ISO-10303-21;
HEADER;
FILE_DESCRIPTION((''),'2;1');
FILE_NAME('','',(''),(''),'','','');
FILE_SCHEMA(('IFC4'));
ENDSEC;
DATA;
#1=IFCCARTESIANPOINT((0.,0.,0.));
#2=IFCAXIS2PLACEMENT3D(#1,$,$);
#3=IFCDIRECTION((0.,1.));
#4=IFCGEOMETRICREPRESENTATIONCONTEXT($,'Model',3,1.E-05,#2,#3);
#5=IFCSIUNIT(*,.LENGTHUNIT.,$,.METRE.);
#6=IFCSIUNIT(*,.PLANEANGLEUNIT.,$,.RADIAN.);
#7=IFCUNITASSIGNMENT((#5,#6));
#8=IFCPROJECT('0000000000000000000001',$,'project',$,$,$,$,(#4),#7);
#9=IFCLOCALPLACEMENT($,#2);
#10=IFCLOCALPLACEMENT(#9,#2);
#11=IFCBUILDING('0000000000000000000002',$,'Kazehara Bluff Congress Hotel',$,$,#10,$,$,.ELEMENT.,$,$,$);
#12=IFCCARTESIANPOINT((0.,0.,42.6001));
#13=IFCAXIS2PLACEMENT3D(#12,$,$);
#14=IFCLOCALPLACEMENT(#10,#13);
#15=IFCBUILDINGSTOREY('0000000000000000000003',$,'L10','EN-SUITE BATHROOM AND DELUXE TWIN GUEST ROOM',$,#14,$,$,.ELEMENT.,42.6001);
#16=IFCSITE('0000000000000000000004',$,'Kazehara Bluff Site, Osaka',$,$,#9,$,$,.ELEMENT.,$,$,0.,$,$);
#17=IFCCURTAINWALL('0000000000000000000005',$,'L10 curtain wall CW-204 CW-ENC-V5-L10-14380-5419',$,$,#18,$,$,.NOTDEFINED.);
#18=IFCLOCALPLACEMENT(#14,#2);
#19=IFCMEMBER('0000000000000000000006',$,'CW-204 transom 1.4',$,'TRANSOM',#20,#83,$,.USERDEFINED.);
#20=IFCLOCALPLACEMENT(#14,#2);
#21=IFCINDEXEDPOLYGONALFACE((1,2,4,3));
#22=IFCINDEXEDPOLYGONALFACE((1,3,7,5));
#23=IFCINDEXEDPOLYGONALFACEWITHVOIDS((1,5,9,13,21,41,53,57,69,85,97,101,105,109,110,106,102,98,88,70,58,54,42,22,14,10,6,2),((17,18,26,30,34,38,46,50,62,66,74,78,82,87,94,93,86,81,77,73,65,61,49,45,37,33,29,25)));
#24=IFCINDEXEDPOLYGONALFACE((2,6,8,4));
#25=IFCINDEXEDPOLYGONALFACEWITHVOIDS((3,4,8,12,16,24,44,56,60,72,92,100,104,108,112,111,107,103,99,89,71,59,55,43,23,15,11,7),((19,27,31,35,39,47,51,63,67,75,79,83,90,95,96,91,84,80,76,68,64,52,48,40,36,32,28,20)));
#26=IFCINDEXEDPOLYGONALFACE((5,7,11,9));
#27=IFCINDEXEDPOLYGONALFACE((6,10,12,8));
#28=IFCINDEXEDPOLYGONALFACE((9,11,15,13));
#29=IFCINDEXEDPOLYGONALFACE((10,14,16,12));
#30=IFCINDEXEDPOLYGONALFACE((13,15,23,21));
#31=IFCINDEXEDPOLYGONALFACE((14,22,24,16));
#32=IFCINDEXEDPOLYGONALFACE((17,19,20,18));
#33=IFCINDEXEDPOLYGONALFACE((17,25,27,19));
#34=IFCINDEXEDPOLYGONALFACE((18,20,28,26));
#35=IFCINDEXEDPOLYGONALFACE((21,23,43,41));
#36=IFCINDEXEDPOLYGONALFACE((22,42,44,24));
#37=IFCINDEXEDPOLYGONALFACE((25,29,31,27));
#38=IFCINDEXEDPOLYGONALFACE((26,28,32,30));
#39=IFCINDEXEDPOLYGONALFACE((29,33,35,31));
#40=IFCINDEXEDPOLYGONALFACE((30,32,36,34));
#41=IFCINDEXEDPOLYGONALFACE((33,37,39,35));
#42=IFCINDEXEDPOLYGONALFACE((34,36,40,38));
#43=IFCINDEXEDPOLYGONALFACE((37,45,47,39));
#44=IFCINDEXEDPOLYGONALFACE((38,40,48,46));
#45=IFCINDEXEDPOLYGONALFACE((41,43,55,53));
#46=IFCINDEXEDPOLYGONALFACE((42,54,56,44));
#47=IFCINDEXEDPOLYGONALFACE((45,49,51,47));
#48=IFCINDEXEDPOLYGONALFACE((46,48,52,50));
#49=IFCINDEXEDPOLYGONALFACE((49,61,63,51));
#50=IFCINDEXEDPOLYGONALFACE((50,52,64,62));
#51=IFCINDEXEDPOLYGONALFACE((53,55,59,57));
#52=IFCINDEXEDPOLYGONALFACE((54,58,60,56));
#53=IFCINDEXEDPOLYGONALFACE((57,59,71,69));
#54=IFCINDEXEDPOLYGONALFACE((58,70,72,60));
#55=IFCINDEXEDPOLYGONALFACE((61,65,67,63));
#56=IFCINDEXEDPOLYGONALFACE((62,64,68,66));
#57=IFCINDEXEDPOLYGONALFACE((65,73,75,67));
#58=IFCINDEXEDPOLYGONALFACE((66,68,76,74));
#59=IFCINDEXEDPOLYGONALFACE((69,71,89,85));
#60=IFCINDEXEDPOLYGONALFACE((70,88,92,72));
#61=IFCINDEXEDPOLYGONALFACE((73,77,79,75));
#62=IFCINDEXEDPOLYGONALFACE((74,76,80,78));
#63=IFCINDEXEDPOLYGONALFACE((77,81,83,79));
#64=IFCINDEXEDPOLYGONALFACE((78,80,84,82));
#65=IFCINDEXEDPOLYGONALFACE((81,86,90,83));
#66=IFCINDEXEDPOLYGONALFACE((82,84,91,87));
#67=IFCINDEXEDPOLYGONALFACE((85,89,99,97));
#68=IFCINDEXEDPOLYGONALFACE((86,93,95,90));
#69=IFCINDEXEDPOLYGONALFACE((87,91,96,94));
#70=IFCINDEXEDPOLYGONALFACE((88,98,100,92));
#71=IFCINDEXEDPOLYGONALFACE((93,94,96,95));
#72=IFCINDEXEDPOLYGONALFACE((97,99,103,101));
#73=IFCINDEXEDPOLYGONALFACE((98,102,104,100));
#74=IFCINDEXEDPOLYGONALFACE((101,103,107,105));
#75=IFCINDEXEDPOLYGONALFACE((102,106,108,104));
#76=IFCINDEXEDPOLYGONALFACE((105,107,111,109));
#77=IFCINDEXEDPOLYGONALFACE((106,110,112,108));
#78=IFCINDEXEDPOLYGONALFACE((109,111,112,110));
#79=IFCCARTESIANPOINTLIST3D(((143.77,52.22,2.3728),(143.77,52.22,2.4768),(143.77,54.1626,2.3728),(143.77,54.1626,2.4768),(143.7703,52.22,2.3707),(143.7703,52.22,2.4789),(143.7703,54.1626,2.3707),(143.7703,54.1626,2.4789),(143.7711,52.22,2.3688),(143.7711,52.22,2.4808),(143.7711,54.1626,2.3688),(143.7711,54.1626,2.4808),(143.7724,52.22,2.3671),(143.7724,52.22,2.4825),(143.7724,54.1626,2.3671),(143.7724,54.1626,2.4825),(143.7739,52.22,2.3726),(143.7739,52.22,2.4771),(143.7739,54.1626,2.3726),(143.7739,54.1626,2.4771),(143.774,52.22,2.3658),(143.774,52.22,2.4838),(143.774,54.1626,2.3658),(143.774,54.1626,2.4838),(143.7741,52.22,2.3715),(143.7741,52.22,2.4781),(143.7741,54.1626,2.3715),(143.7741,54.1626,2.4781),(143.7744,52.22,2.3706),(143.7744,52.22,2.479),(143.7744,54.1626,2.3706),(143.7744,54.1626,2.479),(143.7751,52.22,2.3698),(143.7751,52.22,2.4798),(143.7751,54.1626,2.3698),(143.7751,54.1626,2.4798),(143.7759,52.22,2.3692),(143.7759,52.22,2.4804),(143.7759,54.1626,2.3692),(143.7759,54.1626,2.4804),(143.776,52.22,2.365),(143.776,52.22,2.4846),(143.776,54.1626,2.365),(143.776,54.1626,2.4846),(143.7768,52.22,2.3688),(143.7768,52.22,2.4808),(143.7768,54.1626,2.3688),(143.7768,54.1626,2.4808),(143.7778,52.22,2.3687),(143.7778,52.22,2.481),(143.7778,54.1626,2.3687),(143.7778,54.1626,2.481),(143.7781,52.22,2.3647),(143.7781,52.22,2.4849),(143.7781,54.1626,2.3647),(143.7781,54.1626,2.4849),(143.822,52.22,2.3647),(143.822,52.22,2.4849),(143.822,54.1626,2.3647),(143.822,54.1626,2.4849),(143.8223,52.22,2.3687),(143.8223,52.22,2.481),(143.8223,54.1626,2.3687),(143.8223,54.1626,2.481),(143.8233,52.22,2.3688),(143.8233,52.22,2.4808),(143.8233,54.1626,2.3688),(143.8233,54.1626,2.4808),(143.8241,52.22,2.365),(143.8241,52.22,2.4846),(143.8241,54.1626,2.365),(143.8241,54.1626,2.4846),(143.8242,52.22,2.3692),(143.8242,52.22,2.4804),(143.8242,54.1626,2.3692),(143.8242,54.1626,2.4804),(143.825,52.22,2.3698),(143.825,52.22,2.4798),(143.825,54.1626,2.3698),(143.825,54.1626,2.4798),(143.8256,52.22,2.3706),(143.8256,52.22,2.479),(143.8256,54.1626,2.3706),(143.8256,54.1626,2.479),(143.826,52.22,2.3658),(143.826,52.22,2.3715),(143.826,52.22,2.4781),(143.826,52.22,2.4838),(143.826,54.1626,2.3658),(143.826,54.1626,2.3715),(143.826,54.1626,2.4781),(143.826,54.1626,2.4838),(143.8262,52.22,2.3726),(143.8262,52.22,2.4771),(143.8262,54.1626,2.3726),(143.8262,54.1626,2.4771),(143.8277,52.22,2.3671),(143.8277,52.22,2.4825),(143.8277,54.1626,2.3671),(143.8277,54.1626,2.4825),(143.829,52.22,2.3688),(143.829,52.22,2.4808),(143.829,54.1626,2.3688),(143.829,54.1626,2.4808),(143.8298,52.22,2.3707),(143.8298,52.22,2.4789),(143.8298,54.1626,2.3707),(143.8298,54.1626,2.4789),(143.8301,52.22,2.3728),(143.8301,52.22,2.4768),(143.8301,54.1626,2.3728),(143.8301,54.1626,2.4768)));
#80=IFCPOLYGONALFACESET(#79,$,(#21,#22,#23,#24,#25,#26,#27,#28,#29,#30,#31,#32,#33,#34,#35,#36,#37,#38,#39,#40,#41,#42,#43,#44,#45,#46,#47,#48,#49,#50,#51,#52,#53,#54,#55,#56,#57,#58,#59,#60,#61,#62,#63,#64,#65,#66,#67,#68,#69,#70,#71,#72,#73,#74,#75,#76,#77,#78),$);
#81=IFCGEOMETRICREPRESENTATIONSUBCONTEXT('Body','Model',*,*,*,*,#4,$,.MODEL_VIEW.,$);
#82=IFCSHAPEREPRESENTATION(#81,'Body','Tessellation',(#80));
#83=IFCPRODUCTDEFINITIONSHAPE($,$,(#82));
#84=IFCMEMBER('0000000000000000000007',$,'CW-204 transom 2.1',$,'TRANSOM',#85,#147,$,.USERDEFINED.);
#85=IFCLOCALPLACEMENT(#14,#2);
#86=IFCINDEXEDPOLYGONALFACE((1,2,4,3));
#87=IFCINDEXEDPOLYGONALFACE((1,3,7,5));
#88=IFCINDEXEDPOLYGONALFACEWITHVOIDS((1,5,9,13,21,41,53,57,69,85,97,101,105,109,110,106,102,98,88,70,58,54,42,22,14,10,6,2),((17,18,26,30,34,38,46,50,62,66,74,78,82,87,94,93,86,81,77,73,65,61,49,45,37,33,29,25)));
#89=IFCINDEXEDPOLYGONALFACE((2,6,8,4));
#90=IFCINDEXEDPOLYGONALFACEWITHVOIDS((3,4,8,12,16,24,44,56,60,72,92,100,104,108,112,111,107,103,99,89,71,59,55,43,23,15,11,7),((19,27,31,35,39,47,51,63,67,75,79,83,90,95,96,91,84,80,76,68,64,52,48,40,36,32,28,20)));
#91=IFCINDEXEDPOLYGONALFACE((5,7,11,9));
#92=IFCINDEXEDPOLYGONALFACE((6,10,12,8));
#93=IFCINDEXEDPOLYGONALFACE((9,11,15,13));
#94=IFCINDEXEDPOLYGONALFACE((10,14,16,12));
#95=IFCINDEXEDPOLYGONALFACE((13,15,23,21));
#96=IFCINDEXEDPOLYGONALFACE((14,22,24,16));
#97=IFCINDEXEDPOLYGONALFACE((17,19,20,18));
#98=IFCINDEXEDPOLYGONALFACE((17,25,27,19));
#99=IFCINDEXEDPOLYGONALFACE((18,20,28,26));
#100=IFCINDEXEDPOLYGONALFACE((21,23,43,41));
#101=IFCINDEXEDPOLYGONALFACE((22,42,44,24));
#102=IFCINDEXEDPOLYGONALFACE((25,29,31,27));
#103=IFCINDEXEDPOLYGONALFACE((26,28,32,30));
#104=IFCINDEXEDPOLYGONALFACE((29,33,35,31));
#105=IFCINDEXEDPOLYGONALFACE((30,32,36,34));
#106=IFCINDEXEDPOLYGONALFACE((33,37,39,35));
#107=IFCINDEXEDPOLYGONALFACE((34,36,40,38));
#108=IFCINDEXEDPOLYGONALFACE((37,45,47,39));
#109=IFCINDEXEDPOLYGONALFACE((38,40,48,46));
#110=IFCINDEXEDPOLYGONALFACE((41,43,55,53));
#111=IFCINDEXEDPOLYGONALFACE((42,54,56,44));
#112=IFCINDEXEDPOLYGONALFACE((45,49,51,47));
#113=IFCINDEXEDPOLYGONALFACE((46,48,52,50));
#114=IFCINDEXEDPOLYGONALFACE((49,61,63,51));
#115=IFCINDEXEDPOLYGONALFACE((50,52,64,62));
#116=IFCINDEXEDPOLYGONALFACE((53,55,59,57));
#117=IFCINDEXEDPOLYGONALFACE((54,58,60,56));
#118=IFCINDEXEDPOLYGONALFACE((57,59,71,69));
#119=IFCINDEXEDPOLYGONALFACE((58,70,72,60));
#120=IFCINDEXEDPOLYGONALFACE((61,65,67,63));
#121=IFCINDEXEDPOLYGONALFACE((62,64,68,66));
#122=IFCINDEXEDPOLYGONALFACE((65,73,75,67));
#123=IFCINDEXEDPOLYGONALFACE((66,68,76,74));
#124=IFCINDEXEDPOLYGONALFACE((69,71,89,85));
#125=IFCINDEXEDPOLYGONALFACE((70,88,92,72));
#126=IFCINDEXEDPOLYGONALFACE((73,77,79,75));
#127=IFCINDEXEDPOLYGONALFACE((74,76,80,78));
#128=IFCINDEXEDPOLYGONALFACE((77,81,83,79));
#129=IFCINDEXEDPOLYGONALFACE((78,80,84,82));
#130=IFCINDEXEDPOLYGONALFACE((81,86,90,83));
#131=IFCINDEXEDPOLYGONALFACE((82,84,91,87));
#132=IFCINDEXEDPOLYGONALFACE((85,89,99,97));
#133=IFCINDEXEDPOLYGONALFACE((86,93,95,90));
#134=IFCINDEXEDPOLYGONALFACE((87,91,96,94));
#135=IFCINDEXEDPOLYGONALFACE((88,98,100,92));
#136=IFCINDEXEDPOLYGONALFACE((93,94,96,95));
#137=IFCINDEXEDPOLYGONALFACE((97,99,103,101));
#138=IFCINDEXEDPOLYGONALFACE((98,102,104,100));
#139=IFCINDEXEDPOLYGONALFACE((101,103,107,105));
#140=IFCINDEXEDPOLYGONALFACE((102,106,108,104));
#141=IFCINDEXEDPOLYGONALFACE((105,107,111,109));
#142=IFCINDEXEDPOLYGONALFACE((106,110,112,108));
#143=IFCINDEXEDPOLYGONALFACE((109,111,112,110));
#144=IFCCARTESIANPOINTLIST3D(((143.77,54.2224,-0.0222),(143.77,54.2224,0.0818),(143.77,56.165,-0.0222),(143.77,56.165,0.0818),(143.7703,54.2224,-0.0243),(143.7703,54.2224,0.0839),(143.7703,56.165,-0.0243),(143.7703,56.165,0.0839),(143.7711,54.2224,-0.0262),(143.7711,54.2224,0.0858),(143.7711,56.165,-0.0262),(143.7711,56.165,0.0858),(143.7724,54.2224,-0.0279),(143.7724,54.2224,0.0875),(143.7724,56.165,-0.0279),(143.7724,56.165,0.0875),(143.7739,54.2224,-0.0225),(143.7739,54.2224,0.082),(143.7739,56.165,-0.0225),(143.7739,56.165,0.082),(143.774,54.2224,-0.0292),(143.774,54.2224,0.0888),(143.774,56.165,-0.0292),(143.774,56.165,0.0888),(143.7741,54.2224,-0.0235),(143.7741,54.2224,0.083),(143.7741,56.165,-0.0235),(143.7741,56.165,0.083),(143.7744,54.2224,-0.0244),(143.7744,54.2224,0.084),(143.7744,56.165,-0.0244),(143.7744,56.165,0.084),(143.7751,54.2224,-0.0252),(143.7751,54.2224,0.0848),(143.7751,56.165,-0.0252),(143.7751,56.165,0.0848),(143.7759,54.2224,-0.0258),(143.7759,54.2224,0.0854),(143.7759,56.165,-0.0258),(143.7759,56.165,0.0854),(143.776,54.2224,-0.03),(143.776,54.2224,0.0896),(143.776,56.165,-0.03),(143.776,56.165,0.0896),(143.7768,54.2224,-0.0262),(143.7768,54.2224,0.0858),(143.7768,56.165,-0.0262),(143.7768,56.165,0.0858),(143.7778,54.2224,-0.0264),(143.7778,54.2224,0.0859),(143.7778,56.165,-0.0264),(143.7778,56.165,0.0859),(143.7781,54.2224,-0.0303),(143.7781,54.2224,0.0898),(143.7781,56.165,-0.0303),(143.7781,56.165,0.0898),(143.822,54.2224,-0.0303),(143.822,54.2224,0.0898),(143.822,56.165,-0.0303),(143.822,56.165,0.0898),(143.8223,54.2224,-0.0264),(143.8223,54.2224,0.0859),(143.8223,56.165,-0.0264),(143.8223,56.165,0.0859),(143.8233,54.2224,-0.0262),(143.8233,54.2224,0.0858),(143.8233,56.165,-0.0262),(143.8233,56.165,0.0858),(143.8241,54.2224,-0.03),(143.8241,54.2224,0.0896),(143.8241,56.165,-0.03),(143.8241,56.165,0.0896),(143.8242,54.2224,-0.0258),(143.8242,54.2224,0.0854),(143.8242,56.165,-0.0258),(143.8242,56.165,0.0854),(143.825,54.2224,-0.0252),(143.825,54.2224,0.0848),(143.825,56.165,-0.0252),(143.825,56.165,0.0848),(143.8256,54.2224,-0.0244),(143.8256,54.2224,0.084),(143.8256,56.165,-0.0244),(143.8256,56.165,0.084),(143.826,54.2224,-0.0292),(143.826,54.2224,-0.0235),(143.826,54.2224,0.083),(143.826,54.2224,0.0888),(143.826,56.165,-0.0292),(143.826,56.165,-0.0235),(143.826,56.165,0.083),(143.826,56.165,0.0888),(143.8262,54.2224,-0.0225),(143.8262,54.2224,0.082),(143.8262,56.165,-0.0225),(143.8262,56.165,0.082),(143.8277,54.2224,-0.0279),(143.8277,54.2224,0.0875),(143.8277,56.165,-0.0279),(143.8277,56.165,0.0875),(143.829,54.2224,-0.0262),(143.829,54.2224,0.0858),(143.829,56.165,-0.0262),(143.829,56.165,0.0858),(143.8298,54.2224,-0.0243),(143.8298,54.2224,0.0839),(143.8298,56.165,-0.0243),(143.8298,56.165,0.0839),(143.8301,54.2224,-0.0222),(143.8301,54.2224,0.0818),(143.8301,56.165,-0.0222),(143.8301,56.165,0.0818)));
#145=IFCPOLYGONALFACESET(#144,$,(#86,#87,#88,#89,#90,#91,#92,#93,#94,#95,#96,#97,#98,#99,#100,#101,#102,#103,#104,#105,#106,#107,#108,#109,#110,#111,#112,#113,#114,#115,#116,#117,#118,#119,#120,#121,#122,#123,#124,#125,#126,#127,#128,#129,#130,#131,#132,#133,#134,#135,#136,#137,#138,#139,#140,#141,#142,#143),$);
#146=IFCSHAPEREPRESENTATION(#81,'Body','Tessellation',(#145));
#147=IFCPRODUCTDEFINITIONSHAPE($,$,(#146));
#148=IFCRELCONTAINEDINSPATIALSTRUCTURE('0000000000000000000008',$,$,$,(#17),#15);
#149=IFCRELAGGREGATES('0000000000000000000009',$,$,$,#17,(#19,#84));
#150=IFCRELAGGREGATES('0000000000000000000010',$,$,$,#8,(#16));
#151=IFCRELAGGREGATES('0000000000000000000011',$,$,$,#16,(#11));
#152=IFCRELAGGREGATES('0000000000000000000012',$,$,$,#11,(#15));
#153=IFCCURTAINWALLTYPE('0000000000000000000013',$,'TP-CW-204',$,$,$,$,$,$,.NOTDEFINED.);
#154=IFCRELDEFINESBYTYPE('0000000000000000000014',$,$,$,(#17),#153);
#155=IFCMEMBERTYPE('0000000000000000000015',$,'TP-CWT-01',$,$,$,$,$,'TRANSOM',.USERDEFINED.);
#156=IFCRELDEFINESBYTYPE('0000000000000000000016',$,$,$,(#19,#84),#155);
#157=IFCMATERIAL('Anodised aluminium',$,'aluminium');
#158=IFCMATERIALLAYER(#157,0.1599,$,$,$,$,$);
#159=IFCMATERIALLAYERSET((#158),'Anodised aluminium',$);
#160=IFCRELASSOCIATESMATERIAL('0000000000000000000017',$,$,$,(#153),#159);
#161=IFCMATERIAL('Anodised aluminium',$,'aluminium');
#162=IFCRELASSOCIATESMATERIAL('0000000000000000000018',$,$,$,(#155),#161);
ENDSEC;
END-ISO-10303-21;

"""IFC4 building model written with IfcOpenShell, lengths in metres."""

from ifc_helpers import new_model, si_unit, direction, frame, origin, origin_2d, place, context, subcontext, project, spatial, hollow_rectangle, extrude, material, layer, layer_set, material_profile, profile_set, type_object, element, aggregate, save


model = new_model("IFC4")

# Units and contexts
model_context = context("Model", 3, precision=1e-05, world=origin(), true_north=direction((0.0, 1.0)))
body_context = subcontext(model_context, "Body", "Model", "MODEL_VIEW")
ifc_project = project(units=[si_unit("LENGTHUNIT", "METRE"), si_unit("PLANEANGLEUNIT", "RADIAN")], contexts=[model_context])

# Site, building, storey
site_placement = place(None, origin())
site = spatial("IfcSite", under=ifc_project, at=site_placement, Name="Kazehara Bluff Site, Osaka", CompositionType="ELEMENT", RefElevation=0.0)
building_placement = place(site_placement, origin())
building = spatial("IfcBuilding", under=site, at=building_placement, Name="Kazehara Bluff Congress Hotel", CompositionType="ELEMENT")
storey_placement = place(building_placement, frame((0.0, 0.0, 42.6001)))
storey = spatial("IfcBuildingStorey", under=building, at=storey_placement, Name="L10", Description="EN-SUITE BATHROOM AND DELUXE TWIN GUEST ROOM", CompositionType="ELEMENT", Elevation=42.6001)

# Curtain wall
ifc_material_1 = material(Name="Anodised aluminium", Category="aluminium")
ifc_layer_1 = layer(ifc_material_1, 0.1599)
ifc_layer_set_1 = layer_set([ifc_layer_1], Name="Anodised aluminium")
curtain_wall_type_1 = type_object("IfcCurtainWallType", Name="TP-CW-204", PredefinedType="NOTDEFINED", material=ifc_layer_set_1)
curtain_wall_1_placement = place(storey_placement, origin())
curtain_wall_1 = element("IfcCurtainWall", 1, at=curtain_wall_1_placement, inside=storey, type_object=curtain_wall_type_1, Name="L10 curtain wall CW-204 CW-ENC-V5-L10-14380-5419", PredefinedType="NOTDEFINED")

# Members
ifc_material_2 = material(Name="Anodised aluminium", Category="aluminium")
ifc_material_profile_1 = material_profile(ifc_material_2, hollow_rectangle(XDim=0.0601, YDim=0.1201, WallThickness=0.0039, InnerFilletRadius=0.0039, OuterFilletRadius=0.0081, at=origin_2d()))
ifc_profile_set_1 = profile_set([ifc_material_profile_1], Name="Anodised aluminium")
member_type_1 = type_object("IfcMemberType", Name="TP-CWT-01", ElementType="TRANSOM", PredefinedType="USERDEFINED", material=ifc_profile_set_1)
member_1_placement = place(storey_placement, frame((143.8, 52.22, 2.4248), z_axis=(0.0, 1.0, 0.0), x_axis=(-1.0, 0.0, 0.0)))
member_1 = element("IfcMember", 2, at=member_1_placement, type_object=member_type_1, Name="CW-204 transom 1.4", ObjectType="TRANSOM", PredefinedType="USERDEFINED", context=body_context, shape_type="SweptSolid", body=[
    extrude(hollow_rectangle(XDim=0.0601, YDim=0.1201, WallThickness=0.0039, InnerFilletRadius=0.0039, OuterFilletRadius=0.0081, at=origin_2d()), origin(), (0.0, 0.0, 1.0), 1.9426),
])
member_2_placement = place(storey_placement, frame((143.8, 54.2224, 0.0298), z_axis=(0.0, 1.0, 0.0), x_axis=(-1.0, 0.0, 0.0)))
member_2 = element("IfcMember", 3, at=member_2_placement, type_object=member_type_1, Name="CW-204 transom 2.1", ObjectType="TRANSOM", PredefinedType="USERDEFINED", context=body_context, shape_type="SweptSolid", body=[
    extrude(hollow_rectangle(XDim=0.0601, YDim=0.1201, WallThickness=0.0039, InnerFilletRadius=0.0039, OuterFilletRadius=0.0081, at=origin_2d()), origin(), (0.0, 0.0, 1.0), 1.9426),
])

aggregate(curtain_wall_1, [member_1, member_2])

save(model, "model.ifc")
